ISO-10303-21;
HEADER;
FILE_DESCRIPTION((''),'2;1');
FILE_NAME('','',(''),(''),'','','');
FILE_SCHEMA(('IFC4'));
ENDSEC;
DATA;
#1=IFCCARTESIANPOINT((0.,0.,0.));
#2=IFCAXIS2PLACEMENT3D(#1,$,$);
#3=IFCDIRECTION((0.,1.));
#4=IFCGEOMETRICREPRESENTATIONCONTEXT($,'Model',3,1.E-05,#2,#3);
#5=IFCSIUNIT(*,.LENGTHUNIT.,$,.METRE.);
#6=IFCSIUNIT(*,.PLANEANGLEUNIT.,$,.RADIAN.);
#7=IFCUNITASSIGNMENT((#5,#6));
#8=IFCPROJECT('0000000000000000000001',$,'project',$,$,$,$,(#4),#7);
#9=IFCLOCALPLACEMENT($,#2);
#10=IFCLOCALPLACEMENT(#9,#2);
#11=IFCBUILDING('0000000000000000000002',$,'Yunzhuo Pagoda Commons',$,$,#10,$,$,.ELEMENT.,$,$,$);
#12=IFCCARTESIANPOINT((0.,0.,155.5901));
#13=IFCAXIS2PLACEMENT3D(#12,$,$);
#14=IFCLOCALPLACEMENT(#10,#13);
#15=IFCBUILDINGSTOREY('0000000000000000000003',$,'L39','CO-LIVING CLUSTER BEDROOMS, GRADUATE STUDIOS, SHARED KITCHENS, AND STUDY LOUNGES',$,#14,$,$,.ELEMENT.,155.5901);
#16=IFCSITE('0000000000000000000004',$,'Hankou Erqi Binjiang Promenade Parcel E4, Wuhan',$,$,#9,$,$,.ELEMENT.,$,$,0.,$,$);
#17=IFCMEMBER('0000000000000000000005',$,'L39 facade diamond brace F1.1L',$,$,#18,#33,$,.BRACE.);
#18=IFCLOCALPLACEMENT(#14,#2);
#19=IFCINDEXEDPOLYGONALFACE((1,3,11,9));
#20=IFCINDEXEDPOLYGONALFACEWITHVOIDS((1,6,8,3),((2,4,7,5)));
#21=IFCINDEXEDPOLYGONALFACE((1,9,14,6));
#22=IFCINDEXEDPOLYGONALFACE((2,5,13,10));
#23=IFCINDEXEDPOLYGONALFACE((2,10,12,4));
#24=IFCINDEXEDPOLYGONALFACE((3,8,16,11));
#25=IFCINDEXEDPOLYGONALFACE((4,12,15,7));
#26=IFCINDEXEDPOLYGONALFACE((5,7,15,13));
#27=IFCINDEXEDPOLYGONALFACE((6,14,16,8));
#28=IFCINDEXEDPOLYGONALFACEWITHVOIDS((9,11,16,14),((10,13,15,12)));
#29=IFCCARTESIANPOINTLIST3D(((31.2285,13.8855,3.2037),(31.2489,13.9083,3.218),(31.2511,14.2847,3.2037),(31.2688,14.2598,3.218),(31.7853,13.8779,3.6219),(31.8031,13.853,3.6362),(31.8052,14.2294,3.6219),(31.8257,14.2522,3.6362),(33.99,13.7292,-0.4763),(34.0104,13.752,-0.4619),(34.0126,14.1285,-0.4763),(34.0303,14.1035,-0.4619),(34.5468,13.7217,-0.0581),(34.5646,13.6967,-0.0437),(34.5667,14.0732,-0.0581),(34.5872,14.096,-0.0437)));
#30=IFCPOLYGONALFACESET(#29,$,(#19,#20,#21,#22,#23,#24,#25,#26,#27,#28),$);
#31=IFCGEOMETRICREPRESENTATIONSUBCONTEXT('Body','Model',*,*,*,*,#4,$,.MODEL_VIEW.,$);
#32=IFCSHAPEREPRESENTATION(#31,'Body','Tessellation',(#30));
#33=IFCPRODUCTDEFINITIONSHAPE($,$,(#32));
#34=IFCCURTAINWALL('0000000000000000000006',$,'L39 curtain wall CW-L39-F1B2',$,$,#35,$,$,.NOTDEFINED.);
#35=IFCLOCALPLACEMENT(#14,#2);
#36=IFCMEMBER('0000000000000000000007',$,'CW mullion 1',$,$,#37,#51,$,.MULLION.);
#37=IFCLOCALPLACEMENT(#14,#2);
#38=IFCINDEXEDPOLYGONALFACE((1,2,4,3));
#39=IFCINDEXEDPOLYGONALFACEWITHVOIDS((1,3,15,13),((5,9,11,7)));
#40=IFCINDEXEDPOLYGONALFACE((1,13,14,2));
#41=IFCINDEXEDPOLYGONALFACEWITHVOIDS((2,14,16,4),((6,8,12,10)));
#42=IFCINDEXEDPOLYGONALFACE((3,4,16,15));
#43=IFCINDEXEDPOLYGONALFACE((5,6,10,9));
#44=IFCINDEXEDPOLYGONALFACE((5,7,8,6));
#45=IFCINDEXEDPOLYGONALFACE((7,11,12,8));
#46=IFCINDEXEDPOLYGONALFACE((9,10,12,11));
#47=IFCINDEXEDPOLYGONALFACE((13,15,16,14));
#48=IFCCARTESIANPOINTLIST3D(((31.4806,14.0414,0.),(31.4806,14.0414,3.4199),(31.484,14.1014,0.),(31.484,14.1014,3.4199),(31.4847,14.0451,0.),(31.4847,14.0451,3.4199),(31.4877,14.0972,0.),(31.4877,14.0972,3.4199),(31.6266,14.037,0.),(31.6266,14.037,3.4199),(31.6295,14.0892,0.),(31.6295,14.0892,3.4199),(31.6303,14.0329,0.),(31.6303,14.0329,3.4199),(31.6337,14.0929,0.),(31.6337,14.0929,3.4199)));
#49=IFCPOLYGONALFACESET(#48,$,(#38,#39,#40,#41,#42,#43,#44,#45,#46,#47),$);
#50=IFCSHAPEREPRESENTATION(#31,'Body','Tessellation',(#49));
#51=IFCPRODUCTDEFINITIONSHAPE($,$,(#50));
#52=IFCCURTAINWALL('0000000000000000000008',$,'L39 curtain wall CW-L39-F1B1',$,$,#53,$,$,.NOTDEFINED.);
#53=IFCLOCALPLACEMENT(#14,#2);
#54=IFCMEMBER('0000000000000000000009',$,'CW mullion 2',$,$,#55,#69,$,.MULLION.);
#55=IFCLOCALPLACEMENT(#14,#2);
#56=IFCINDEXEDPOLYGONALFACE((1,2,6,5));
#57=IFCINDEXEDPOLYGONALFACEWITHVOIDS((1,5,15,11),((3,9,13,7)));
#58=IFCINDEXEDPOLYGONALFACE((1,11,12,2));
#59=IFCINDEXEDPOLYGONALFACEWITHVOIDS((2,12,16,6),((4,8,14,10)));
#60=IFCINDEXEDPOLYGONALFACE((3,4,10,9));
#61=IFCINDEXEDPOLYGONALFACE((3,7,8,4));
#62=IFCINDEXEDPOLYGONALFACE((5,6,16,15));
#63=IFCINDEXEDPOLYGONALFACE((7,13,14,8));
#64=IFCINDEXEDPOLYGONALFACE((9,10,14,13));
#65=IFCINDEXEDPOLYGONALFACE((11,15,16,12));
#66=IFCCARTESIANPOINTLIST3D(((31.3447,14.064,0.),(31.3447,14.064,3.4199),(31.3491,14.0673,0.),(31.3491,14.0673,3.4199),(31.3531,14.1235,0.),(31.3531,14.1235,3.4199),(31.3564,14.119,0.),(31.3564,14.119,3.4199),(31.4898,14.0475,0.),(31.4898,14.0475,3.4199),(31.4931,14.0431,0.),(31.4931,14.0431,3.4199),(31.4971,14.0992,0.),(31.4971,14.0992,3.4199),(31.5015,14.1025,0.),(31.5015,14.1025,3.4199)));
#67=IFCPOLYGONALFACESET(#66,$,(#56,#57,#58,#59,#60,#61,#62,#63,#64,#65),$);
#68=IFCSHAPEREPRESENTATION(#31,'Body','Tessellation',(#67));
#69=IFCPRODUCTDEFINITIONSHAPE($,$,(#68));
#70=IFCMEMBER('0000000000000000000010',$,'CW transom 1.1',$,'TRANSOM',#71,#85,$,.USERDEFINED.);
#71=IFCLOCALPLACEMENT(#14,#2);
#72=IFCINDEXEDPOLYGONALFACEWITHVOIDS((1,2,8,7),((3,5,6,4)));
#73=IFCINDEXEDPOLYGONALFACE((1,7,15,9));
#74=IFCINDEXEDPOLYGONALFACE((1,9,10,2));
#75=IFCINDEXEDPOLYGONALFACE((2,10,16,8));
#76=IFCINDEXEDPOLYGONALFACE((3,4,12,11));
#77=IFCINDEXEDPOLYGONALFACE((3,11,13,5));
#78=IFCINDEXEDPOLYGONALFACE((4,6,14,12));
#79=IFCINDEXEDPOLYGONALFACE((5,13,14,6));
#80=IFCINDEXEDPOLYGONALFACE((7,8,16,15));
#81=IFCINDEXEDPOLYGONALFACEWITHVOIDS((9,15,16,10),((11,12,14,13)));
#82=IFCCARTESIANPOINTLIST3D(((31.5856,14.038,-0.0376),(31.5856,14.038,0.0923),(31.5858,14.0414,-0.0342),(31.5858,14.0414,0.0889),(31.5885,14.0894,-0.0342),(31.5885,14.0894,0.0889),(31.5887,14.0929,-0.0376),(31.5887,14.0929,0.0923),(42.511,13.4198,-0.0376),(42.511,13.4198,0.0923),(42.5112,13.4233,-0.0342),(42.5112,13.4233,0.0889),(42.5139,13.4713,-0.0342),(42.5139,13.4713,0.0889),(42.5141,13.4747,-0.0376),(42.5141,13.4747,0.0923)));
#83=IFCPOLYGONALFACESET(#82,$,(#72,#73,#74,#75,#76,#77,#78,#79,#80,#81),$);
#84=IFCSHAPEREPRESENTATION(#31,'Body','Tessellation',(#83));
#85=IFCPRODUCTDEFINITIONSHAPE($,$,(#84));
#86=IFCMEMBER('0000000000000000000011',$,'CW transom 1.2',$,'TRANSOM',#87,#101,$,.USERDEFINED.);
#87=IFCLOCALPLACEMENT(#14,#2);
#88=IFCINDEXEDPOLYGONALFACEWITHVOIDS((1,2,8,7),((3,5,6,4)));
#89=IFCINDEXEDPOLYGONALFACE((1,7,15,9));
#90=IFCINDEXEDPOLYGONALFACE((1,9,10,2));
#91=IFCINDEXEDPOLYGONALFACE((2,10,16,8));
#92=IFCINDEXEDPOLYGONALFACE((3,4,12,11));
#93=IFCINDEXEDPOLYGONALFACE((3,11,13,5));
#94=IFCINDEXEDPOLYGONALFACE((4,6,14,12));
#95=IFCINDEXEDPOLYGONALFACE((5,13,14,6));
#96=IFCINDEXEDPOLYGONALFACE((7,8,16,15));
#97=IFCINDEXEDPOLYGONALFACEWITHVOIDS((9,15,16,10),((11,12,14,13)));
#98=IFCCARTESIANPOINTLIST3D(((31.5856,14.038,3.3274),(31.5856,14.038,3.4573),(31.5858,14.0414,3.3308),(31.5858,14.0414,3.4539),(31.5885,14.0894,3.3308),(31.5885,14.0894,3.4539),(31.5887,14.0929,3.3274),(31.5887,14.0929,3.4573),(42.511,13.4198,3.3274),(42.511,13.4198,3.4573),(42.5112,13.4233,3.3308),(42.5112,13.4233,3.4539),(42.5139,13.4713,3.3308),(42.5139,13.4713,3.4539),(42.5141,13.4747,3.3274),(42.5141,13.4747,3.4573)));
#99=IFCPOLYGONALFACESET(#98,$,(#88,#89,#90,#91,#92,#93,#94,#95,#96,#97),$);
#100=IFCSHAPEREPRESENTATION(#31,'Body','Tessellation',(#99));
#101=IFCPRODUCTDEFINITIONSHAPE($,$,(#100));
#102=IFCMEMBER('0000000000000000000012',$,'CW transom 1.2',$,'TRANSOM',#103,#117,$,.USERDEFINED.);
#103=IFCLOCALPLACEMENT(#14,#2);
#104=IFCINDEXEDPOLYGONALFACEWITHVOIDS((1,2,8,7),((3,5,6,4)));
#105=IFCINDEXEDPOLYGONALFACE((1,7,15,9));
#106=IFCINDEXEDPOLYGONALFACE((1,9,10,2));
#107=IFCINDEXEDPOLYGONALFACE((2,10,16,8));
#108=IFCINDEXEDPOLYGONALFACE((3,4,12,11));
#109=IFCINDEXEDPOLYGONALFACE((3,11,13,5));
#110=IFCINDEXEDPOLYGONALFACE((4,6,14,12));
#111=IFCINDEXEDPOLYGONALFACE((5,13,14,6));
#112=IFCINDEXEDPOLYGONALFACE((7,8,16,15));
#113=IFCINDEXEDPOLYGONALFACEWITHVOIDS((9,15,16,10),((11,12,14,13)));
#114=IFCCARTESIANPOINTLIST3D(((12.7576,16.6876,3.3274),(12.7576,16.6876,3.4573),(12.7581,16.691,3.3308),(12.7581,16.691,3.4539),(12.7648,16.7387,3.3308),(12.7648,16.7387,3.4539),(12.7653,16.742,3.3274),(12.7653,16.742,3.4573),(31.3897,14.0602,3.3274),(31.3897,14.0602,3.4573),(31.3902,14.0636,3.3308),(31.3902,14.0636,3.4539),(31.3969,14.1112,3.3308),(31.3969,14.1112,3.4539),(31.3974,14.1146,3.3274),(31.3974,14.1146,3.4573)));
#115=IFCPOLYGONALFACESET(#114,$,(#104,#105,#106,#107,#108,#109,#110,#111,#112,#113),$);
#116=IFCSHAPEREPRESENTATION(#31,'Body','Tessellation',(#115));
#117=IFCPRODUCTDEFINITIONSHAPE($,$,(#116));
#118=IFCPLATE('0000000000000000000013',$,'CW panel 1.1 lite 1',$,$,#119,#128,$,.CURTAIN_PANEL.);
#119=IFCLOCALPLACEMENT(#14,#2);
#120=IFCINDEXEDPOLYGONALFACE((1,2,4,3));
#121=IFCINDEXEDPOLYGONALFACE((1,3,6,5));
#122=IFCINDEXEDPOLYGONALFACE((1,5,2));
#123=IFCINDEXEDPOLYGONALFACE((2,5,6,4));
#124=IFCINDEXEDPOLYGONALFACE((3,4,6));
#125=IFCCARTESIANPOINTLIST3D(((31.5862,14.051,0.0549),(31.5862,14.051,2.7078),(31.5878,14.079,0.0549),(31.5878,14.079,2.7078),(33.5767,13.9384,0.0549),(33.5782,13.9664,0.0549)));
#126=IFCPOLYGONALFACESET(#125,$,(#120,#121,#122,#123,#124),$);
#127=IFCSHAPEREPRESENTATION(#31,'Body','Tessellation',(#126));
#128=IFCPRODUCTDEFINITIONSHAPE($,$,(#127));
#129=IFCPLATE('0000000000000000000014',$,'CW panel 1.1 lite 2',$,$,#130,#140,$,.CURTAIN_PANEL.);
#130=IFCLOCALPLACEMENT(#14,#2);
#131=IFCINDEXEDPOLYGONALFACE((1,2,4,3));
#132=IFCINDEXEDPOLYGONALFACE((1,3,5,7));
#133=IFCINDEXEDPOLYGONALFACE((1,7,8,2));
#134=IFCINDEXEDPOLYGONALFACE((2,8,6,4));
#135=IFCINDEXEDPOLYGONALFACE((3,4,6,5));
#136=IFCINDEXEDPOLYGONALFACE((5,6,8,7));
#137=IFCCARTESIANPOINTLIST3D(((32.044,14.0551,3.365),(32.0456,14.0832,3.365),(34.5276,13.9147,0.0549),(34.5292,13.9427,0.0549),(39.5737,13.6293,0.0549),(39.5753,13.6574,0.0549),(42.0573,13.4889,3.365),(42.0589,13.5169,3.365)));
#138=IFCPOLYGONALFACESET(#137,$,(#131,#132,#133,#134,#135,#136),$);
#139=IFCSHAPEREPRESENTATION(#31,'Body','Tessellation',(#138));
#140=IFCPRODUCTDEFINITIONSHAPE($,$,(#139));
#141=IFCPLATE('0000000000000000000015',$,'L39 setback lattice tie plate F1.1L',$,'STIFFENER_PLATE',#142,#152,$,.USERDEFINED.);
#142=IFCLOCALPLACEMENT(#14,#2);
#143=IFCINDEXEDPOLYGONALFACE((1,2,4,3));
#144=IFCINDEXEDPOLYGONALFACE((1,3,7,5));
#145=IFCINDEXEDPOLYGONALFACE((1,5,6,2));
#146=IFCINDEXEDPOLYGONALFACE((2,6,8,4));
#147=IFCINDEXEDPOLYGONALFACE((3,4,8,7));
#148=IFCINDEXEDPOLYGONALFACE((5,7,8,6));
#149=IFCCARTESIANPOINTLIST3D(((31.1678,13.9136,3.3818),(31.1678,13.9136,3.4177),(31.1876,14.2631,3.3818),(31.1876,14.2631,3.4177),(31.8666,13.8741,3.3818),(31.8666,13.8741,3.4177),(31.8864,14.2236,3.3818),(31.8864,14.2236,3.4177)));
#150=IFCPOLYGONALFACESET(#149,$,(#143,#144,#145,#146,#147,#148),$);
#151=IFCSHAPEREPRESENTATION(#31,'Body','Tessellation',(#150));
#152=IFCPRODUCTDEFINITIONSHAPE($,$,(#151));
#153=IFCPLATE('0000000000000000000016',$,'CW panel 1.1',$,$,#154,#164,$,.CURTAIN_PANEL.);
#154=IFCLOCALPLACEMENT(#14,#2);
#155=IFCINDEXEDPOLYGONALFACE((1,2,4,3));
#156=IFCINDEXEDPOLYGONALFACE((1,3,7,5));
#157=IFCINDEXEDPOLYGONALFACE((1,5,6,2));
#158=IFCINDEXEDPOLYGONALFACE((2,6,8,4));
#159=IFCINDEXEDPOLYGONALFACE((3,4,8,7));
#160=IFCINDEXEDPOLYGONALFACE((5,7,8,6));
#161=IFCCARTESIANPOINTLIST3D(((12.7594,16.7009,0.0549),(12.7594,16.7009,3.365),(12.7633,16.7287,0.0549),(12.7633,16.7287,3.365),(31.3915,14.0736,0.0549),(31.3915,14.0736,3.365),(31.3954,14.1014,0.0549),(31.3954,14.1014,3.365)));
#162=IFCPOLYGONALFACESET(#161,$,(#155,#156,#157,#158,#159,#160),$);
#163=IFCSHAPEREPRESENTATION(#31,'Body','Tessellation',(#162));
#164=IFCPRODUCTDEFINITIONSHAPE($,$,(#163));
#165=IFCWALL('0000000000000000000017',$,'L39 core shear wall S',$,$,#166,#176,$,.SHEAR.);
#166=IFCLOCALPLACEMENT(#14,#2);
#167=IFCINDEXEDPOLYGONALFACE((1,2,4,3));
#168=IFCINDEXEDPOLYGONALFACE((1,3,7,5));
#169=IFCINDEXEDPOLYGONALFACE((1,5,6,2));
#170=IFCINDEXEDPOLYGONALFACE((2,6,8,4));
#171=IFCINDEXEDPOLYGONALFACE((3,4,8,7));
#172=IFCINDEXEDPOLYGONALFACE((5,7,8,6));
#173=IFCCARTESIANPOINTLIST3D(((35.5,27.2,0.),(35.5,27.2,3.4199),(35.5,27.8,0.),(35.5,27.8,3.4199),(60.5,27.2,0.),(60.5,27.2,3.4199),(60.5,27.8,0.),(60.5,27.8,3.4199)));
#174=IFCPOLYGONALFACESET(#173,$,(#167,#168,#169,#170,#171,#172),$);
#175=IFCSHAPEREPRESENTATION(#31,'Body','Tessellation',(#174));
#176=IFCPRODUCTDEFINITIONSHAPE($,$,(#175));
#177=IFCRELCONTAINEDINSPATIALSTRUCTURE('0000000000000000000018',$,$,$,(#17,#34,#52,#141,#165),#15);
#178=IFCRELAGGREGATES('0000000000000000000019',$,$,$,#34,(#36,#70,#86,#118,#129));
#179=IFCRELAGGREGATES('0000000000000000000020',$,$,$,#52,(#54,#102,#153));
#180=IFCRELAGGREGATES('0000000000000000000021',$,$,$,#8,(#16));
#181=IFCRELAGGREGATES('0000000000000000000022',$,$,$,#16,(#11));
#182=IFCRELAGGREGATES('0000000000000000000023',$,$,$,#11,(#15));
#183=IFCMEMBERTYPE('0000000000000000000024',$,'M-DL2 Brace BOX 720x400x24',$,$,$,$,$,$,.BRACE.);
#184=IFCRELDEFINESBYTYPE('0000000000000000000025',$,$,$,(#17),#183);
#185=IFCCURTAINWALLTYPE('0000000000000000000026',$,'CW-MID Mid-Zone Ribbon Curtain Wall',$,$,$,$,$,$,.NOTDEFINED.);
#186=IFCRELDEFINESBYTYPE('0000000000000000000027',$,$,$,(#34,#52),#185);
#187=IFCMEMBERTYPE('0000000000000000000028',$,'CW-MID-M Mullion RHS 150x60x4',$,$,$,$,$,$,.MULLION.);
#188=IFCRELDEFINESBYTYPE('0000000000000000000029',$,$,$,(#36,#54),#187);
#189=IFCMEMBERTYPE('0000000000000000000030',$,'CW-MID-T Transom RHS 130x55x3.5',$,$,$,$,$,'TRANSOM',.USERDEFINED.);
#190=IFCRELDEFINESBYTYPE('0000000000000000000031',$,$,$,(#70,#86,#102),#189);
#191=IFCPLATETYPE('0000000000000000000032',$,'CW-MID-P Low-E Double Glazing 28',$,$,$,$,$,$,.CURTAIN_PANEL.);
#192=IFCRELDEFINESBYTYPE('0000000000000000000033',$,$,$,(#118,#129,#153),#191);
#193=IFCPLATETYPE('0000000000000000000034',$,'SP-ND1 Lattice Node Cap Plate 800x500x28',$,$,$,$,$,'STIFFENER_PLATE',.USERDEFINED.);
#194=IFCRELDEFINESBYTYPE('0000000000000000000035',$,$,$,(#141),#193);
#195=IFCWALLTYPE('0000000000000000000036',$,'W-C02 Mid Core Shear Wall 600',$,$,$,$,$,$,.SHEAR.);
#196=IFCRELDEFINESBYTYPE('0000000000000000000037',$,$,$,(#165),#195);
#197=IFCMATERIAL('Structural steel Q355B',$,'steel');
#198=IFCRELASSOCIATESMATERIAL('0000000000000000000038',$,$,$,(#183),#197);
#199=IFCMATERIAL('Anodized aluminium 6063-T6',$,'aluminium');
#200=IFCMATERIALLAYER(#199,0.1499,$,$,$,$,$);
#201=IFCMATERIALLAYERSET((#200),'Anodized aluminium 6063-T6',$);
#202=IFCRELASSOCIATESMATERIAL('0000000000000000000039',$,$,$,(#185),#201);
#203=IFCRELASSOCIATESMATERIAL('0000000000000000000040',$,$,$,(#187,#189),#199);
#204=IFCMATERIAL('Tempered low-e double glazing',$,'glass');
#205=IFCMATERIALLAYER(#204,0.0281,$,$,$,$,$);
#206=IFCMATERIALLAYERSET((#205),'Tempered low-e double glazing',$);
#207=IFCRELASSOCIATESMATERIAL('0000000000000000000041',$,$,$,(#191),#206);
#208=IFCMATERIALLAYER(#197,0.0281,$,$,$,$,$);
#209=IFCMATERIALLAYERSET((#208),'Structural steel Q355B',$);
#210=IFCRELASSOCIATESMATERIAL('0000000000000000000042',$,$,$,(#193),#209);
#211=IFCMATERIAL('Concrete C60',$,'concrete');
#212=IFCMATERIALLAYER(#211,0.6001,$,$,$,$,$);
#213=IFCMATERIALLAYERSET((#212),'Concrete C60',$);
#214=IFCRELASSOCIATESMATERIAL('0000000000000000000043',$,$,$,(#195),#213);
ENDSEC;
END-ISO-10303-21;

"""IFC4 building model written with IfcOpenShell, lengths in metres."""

from ifc_helpers import new_model, si_unit, direction, frame, frame_2d, origin, origin_2d, place, context, subcontext, project, spatial, polyline, rectangle, hollow_rectangle, outline, extrude, source, transform, mapped, material, layer, layer_set, material_profile, profile_set, type_object, element, aggregate, save


model = new_model("IFC4")

# Units and contexts
model_context = context("Model", 3, precision=1e-05, world=origin(), true_north=direction((0.0, 1.0)))
body_context = subcontext(model_context, "Body", "Model", "MODEL_VIEW")
ifc_project = project(units=[si_unit("LENGTHUNIT", "METRE"), si_unit("PLANEANGLEUNIT", "RADIAN")], contexts=[model_context])

# Site, building, storey
site_placement = place(None, origin())
site = spatial("IfcSite", under=ifc_project, at=site_placement, Name="Hankou Erqi Binjiang Promenade Parcel E4, Wuhan", CompositionType="ELEMENT", RefElevation=0.0)
building_placement = place(site_placement, origin())
building = spatial("IfcBuilding", under=site, at=building_placement, Name="Yunzhuo Pagoda Commons", CompositionType="ELEMENT")
storey_placement = place(building_placement, frame((0.0, 0.0, 155.5901)))
storey = spatial("IfcBuildingStorey", under=building, at=storey_placement, Name="L39", Description="CO-LIVING CLUSTER BEDROOMS, GRADUATE STUDIOS, SHARED KITCHENS, AND STUDY LOUNGES", CompositionType="ELEMENT", Elevation=155.5901)

# Shared definitions
ifc_material_1 = material(Name="Structural steel Q355B", Category="steel")

# Member
ifc_material_profile_1 = material_profile(ifc_material_1, hollow_rectangle(XDim=0.3999, YDim=0.72, WallThickness=0.0239, at=origin_2d()), Name="Structural steel Q355B")
ifc_profile_set_1 = profile_set([ifc_material_profile_1], Name="Structural steel Q355B")
member_type_1 = type_object("IfcMemberType", Name="M-DL2 Brace BOX 720x400x24", PredefinedType="BRACE", material=ifc_profile_set_1)
shared_shape_1 = source(origin(), body_context, "Body", "SweptSolid", [
    extrude(hollow_rectangle(XDim=0.3999, YDim=0.72, WallThickness=0.0239, at=origin_2d()), origin(), (0.0, 0.0, 1.0), 4.6035),
])
member_1_placement = place(storey_placement, frame((34.2886, 13.9126, -0.26), z_axis=(-0.599866, 0.033942, 0.79938), x_axis=(-0.056492, -0.998403, 0.0)))
element("IfcMember", 1, at=member_1_placement, inside=storey, type_object=member_type_1, Name="L39 facade diamond brace F1.1L", PredefinedType="BRACE", context=body_context, shape_type="MappedRepresentation", body=[
    mapped(shared_shape_1, transform((0.0, 0.0, 0.0), scale=1.0)),
])

# Curtain walls, members
ifc_material_2 = material(Name="Anodized aluminium 6063-T6", Category="aluminium")
ifc_layer_1 = layer(ifc_material_2, 0.1499)
ifc_layer_set_1 = layer_set([ifc_layer_1], Name="Anodized aluminium 6063-T6")
curtain_wall_type = type_object("IfcCurtainWallType", Name="CW-MID Mid-Zone Ribbon Curtain Wall", PredefinedType="NOTDEFINED", material=ifc_layer_set_1)
curtain_wall_1_placement = place(storey_placement, origin())
curtain_wall_1 = element("IfcCurtainWall", 2, at=curtain_wall_1_placement, inside=storey, type_object=curtain_wall_type, Name="L39 curtain wall CW-L39-F1B2", PredefinedType="NOTDEFINED")
ifc_material_profile_2 = material_profile(ifc_material_2, hollow_rectangle(XDim=0.0601, YDim=0.1499, WallThickness=0.0039, at=origin_2d()), Name="Anodized aluminium 6063-T6")
ifc_profile_set_2 = profile_set([ifc_material_profile_2], Name="Anodized aluminium 6063-T6")
member_type_2 = type_object("IfcMemberType", Name="CW-MID-M Mullion RHS 150x60x4", PredefinedType="MULLION", material=ifc_profile_set_2)
shared_shape_2 = source(origin(), body_context, "Body", "SweptSolid", [
    extrude(hollow_rectangle(XDim=0.0601, YDim=0.1499, WallThickness=0.0039, at=origin_2d()), origin(), (0.0, 0.0, 1.0), 3.4199),
])
member_2_placement = place(storey_placement, frame((31.5571, 14.0671, 0.0), z_axis=(0.0, 0.0, 1.0), x_axis=(0.056459, 0.998405, 0.0)))
member_2 = element("IfcMember", 3, at=member_2_placement, type_object=member_type_2, Name="CW mullion 1", PredefinedType="MULLION", context=body_context, shape_type="MappedRepresentation", body=[
    mapped(shared_shape_2, transform((0.0, 0.0, 0.0), scale=1.0)),
])
curtain_wall_2_placement = place(storey_placement, origin())
curtain_wall_2 = element("IfcCurtainWall", 4, at=curtain_wall_2_placement, inside=storey, type_object=curtain_wall_type, Name="L39 curtain wall CW-L39-F1B1", PredefinedType="NOTDEFINED")
member_3_placement = place(storey_placement, frame((31.4231, 14.0833, 0.0), z_axis=(0.0, 0.0, 1.0), x_axis=(0.13963, 0.990204, 0.0)))
member_3 = element("IfcMember", 5, at=member_3_placement, type_object=member_type_2, Name="CW mullion 2", PredefinedType="MULLION", context=body_context, shape_type="MappedRepresentation", body=[
    mapped(shared_shape_2, transform((0.0, 0.0, 0.0), scale=1.0)),
])

# Members
ifc_material_profile_3 = material_profile(ifc_material_2, hollow_rectangle(XDim=0.0549, YDim=0.1299, WallThickness=0.0034, at=origin_2d()), Name="Anodized aluminium 6063-T6")
ifc_profile_set_3 = profile_set([ifc_material_profile_3], Name="Anodized aluminium 6063-T6")
member_type_3 = type_object("IfcMemberType", Name="CW-MID-T Transom RHS 130x55x3.5", ElementType="TRANSOM", PredefinedType="USERDEFINED", material=ifc_profile_set_3)
shared_shape_3 = source(origin(), body_context, "Body", "SweptSolid", [
    extrude(hollow_rectangle(XDim=0.0549, YDim=0.1299, WallThickness=0.0034, at=origin_2d()), origin(), (0.0, 0.0, 1.0), 10.9429),
])
member_4_placement = place(storey_placement, frame((31.5872, 14.0654, 0.0273), z_axis=(0.998403, -0.056491, 0.0), x_axis=(0.056491, 0.998403, 0.0)))
member_4 = element("IfcMember", 6, at=member_4_placement, type_object=member_type_3, Name="CW transom 1.1", ObjectType="TRANSOM", PredefinedType="USERDEFINED", context=body_context, shape_type="MappedRepresentation", body=[
    mapped(shared_shape_3, transform((0.0, 0.0, 0.0), scale=1.0)),
])
member_5_placement = place(storey_placement, frame((31.5872, 14.0654, 3.3923), z_axis=(0.998403, -0.056491, 0.0), x_axis=(0.056491, 0.998403, 0.0)))
member_5 = element("IfcMember", 7, at=member_5_placement, type_object=member_type_3, Name="CW transom 1.2", ObjectType="TRANSOM", PredefinedType="USERDEFINED", context=body_context, shape_type="MappedRepresentation", body=[
    mapped(shared_shape_3, transform((0.0, 0.0, 0.0), scale=1.0)),
])
shared_shape_4 = source(origin(), body_context, "Body", "SweptSolid", [
    extrude(hollow_rectangle(XDim=0.0549, YDim=0.1299, WallThickness=0.0034, at=origin_2d()), origin(), (0.0, 0.0, 1.0), 18.8164),
])
member_6_placement = place(storey_placement, frame((12.7615, 16.7148, 3.3923), z_axis=(0.990203, -0.139636, 0.0), x_axis=(0.139636, 0.990203, 0.0)))
member_6 = element("IfcMember", 8, at=member_6_placement, type_object=member_type_3, Name="CW transom 1.2", ObjectType="TRANSOM", PredefinedType="USERDEFINED", context=body_context, shape_type="MappedRepresentation", body=[
    mapped(shared_shape_4, transform((0.0, 0.0, 0.0), scale=1.0)),
])

# Plates
ifc_material_3 = material(Name="Tempered low-e double glazing", Category="glass")
ifc_layer_2 = layer(ifc_material_3, 0.0281)
ifc_layer_set_2 = layer_set([ifc_layer_2], Name="Tempered low-e double glazing")
plate_type_1 = type_object("IfcPlateType", Name="CW-MID-P Low-E Double Glazing 28", PredefinedType="CURTAIN_PANEL", material=ifc_layer_set_2)
plate_1_placement = place(storey_placement, frame((32.583, 14.0227, 1.3813), z_axis=(-0.056459, -0.998405, 0.0), x_axis=(0.998405, -0.056459, 0.0)))
plate_1 = element("IfcPlate", 9, at=plate_1_placement, type_object=plate_type_1, Name="CW panel 1.1 lite 1", PredefinedType="CURTAIN_PANEL", context=body_context, shape_type="SweptSolid", body=[
    extrude(outline(polyline([(-0.9968, -1.3264), (0.9968, -1.3264), (-0.9968, 1.3264), (-0.9968, -1.3264)])), origin(), (0.0, 0.0, 1.0), 0.0281),
])
plate_2_placement = place(storey_placement, frame((37.0522, 13.8, 1.71), z_axis=(-0.056459, -0.998405, 0.0), x_axis=(0.998405, -0.056459, 0.0)))
plate_2 = element("IfcPlate", 10, at=plate_2_placement, type_object=plate_type_1, Name="CW panel 1.1 lite 2", PredefinedType="CURTAIN_PANEL", context=body_context, shape_type="SweptSolid", body=[
    extrude(outline(polyline([(-5.0146, 1.655), (-2.5271, -1.655), (2.5271, -1.655), (5.0146, 1.655), (-5.0146, 1.655)])), origin(), (0.0, 0.0, 1.0), 0.0281),
])
aggregate(curtain_wall_1, [member_2, member_4, member_5, plate_1, plate_2])
ifc_layer_3 = layer(ifc_material_1, 0.0281)
ifc_layer_set_3 = layer_set([ifc_layer_3], Name="Structural steel Q355B")
plate_type_2 = type_object("IfcPlateType", Name="SP-ND1 Lattice Node Cap Plate 800x500x28", ElementType="STIFFENER_PLATE", PredefinedType="USERDEFINED", material=ifc_layer_set_3)
shared_shape_5 = source(origin(), body_context, "Body", "SweptSolid", [
    extrude(rectangle(XDim=0.7, YDim=0.3501, at=origin_2d()), origin(), (0.0, 0.0, 1.0), 0.0359),
])
plate_3_placement = place(storey_placement, frame((31.5271, 14.0686, 3.3818), z_axis=(0.0, 0.0, 1.0), x_axis=(0.998405, -0.056466, 0.0)))
element("IfcPlate", 11, at=plate_3_placement, inside=storey, type_object=plate_type_2, Name="L39 setback lattice tie plate F1.1L", ObjectType="STIFFENER_PLATE", PredefinedType="USERDEFINED", context=body_context, shape_type="MappedRepresentation", body=[
    mapped(shared_shape_5, transform((0.0, 0.0, 0.0), scale=1.0)),
])
shared_shape_6 = source(origin(), body_context, "Body", "SweptSolid", [
    extrude(rectangle(XDim=18.8164, YDim=0.0281, at=origin_2d()), origin(), (0.0, 0.0, 1.0), 3.3101),
])
plate_4_placement = place(storey_placement, frame((22.0774, 15.4011, 0.0549), z_axis=(0.0, 0.0, 1.0), x_axis=(0.990204, -0.13963, 0.0)))
plate_4 = element("IfcPlate", 12, at=plate_4_placement, type_object=plate_type_1, Name="CW panel 1.1", PredefinedType="CURTAIN_PANEL", context=body_context, shape_type="MappedRepresentation", body=[
    mapped(shared_shape_6, transform((0.0, 0.0, 0.0), scale=1.0)),
])
aggregate(curtain_wall_2, [member_3, member_6, plate_4])

# Wall
ifc_material_4 = material(Name="Concrete C60", Category="concrete")
ifc_layer_4 = layer(ifc_material_4, 0.6001)
ifc_layer_set_4 = layer_set([ifc_layer_4], Name="Concrete C60")
wall_type_1 = type_object("IfcWallType", Name="W-C02 Mid Core Shear Wall 600", PredefinedType="SHEAR", material=ifc_layer_set_4)
wall_1_placement = place(storey_placement, frame((35.5, 27.5, 0.0), z_axis=(0.0, 0.0, 1.0), x_axis=(1.0, 0.0, 0.0)))
element("IfcWall", 13, at=wall_1_placement, inside=storey, type_object=wall_type_1, Name="L39 core shear wall S", PredefinedType="SHEAR", context=body_context, shape_type="SweptSolid", body=[
    extrude(rectangle(XDim=25.0, YDim=0.6001, at=frame_2d((12.5, 0.0))), origin(), (0.0, 0.0, 1.0), 3.4199),
])

save(model, "model.ifc")
